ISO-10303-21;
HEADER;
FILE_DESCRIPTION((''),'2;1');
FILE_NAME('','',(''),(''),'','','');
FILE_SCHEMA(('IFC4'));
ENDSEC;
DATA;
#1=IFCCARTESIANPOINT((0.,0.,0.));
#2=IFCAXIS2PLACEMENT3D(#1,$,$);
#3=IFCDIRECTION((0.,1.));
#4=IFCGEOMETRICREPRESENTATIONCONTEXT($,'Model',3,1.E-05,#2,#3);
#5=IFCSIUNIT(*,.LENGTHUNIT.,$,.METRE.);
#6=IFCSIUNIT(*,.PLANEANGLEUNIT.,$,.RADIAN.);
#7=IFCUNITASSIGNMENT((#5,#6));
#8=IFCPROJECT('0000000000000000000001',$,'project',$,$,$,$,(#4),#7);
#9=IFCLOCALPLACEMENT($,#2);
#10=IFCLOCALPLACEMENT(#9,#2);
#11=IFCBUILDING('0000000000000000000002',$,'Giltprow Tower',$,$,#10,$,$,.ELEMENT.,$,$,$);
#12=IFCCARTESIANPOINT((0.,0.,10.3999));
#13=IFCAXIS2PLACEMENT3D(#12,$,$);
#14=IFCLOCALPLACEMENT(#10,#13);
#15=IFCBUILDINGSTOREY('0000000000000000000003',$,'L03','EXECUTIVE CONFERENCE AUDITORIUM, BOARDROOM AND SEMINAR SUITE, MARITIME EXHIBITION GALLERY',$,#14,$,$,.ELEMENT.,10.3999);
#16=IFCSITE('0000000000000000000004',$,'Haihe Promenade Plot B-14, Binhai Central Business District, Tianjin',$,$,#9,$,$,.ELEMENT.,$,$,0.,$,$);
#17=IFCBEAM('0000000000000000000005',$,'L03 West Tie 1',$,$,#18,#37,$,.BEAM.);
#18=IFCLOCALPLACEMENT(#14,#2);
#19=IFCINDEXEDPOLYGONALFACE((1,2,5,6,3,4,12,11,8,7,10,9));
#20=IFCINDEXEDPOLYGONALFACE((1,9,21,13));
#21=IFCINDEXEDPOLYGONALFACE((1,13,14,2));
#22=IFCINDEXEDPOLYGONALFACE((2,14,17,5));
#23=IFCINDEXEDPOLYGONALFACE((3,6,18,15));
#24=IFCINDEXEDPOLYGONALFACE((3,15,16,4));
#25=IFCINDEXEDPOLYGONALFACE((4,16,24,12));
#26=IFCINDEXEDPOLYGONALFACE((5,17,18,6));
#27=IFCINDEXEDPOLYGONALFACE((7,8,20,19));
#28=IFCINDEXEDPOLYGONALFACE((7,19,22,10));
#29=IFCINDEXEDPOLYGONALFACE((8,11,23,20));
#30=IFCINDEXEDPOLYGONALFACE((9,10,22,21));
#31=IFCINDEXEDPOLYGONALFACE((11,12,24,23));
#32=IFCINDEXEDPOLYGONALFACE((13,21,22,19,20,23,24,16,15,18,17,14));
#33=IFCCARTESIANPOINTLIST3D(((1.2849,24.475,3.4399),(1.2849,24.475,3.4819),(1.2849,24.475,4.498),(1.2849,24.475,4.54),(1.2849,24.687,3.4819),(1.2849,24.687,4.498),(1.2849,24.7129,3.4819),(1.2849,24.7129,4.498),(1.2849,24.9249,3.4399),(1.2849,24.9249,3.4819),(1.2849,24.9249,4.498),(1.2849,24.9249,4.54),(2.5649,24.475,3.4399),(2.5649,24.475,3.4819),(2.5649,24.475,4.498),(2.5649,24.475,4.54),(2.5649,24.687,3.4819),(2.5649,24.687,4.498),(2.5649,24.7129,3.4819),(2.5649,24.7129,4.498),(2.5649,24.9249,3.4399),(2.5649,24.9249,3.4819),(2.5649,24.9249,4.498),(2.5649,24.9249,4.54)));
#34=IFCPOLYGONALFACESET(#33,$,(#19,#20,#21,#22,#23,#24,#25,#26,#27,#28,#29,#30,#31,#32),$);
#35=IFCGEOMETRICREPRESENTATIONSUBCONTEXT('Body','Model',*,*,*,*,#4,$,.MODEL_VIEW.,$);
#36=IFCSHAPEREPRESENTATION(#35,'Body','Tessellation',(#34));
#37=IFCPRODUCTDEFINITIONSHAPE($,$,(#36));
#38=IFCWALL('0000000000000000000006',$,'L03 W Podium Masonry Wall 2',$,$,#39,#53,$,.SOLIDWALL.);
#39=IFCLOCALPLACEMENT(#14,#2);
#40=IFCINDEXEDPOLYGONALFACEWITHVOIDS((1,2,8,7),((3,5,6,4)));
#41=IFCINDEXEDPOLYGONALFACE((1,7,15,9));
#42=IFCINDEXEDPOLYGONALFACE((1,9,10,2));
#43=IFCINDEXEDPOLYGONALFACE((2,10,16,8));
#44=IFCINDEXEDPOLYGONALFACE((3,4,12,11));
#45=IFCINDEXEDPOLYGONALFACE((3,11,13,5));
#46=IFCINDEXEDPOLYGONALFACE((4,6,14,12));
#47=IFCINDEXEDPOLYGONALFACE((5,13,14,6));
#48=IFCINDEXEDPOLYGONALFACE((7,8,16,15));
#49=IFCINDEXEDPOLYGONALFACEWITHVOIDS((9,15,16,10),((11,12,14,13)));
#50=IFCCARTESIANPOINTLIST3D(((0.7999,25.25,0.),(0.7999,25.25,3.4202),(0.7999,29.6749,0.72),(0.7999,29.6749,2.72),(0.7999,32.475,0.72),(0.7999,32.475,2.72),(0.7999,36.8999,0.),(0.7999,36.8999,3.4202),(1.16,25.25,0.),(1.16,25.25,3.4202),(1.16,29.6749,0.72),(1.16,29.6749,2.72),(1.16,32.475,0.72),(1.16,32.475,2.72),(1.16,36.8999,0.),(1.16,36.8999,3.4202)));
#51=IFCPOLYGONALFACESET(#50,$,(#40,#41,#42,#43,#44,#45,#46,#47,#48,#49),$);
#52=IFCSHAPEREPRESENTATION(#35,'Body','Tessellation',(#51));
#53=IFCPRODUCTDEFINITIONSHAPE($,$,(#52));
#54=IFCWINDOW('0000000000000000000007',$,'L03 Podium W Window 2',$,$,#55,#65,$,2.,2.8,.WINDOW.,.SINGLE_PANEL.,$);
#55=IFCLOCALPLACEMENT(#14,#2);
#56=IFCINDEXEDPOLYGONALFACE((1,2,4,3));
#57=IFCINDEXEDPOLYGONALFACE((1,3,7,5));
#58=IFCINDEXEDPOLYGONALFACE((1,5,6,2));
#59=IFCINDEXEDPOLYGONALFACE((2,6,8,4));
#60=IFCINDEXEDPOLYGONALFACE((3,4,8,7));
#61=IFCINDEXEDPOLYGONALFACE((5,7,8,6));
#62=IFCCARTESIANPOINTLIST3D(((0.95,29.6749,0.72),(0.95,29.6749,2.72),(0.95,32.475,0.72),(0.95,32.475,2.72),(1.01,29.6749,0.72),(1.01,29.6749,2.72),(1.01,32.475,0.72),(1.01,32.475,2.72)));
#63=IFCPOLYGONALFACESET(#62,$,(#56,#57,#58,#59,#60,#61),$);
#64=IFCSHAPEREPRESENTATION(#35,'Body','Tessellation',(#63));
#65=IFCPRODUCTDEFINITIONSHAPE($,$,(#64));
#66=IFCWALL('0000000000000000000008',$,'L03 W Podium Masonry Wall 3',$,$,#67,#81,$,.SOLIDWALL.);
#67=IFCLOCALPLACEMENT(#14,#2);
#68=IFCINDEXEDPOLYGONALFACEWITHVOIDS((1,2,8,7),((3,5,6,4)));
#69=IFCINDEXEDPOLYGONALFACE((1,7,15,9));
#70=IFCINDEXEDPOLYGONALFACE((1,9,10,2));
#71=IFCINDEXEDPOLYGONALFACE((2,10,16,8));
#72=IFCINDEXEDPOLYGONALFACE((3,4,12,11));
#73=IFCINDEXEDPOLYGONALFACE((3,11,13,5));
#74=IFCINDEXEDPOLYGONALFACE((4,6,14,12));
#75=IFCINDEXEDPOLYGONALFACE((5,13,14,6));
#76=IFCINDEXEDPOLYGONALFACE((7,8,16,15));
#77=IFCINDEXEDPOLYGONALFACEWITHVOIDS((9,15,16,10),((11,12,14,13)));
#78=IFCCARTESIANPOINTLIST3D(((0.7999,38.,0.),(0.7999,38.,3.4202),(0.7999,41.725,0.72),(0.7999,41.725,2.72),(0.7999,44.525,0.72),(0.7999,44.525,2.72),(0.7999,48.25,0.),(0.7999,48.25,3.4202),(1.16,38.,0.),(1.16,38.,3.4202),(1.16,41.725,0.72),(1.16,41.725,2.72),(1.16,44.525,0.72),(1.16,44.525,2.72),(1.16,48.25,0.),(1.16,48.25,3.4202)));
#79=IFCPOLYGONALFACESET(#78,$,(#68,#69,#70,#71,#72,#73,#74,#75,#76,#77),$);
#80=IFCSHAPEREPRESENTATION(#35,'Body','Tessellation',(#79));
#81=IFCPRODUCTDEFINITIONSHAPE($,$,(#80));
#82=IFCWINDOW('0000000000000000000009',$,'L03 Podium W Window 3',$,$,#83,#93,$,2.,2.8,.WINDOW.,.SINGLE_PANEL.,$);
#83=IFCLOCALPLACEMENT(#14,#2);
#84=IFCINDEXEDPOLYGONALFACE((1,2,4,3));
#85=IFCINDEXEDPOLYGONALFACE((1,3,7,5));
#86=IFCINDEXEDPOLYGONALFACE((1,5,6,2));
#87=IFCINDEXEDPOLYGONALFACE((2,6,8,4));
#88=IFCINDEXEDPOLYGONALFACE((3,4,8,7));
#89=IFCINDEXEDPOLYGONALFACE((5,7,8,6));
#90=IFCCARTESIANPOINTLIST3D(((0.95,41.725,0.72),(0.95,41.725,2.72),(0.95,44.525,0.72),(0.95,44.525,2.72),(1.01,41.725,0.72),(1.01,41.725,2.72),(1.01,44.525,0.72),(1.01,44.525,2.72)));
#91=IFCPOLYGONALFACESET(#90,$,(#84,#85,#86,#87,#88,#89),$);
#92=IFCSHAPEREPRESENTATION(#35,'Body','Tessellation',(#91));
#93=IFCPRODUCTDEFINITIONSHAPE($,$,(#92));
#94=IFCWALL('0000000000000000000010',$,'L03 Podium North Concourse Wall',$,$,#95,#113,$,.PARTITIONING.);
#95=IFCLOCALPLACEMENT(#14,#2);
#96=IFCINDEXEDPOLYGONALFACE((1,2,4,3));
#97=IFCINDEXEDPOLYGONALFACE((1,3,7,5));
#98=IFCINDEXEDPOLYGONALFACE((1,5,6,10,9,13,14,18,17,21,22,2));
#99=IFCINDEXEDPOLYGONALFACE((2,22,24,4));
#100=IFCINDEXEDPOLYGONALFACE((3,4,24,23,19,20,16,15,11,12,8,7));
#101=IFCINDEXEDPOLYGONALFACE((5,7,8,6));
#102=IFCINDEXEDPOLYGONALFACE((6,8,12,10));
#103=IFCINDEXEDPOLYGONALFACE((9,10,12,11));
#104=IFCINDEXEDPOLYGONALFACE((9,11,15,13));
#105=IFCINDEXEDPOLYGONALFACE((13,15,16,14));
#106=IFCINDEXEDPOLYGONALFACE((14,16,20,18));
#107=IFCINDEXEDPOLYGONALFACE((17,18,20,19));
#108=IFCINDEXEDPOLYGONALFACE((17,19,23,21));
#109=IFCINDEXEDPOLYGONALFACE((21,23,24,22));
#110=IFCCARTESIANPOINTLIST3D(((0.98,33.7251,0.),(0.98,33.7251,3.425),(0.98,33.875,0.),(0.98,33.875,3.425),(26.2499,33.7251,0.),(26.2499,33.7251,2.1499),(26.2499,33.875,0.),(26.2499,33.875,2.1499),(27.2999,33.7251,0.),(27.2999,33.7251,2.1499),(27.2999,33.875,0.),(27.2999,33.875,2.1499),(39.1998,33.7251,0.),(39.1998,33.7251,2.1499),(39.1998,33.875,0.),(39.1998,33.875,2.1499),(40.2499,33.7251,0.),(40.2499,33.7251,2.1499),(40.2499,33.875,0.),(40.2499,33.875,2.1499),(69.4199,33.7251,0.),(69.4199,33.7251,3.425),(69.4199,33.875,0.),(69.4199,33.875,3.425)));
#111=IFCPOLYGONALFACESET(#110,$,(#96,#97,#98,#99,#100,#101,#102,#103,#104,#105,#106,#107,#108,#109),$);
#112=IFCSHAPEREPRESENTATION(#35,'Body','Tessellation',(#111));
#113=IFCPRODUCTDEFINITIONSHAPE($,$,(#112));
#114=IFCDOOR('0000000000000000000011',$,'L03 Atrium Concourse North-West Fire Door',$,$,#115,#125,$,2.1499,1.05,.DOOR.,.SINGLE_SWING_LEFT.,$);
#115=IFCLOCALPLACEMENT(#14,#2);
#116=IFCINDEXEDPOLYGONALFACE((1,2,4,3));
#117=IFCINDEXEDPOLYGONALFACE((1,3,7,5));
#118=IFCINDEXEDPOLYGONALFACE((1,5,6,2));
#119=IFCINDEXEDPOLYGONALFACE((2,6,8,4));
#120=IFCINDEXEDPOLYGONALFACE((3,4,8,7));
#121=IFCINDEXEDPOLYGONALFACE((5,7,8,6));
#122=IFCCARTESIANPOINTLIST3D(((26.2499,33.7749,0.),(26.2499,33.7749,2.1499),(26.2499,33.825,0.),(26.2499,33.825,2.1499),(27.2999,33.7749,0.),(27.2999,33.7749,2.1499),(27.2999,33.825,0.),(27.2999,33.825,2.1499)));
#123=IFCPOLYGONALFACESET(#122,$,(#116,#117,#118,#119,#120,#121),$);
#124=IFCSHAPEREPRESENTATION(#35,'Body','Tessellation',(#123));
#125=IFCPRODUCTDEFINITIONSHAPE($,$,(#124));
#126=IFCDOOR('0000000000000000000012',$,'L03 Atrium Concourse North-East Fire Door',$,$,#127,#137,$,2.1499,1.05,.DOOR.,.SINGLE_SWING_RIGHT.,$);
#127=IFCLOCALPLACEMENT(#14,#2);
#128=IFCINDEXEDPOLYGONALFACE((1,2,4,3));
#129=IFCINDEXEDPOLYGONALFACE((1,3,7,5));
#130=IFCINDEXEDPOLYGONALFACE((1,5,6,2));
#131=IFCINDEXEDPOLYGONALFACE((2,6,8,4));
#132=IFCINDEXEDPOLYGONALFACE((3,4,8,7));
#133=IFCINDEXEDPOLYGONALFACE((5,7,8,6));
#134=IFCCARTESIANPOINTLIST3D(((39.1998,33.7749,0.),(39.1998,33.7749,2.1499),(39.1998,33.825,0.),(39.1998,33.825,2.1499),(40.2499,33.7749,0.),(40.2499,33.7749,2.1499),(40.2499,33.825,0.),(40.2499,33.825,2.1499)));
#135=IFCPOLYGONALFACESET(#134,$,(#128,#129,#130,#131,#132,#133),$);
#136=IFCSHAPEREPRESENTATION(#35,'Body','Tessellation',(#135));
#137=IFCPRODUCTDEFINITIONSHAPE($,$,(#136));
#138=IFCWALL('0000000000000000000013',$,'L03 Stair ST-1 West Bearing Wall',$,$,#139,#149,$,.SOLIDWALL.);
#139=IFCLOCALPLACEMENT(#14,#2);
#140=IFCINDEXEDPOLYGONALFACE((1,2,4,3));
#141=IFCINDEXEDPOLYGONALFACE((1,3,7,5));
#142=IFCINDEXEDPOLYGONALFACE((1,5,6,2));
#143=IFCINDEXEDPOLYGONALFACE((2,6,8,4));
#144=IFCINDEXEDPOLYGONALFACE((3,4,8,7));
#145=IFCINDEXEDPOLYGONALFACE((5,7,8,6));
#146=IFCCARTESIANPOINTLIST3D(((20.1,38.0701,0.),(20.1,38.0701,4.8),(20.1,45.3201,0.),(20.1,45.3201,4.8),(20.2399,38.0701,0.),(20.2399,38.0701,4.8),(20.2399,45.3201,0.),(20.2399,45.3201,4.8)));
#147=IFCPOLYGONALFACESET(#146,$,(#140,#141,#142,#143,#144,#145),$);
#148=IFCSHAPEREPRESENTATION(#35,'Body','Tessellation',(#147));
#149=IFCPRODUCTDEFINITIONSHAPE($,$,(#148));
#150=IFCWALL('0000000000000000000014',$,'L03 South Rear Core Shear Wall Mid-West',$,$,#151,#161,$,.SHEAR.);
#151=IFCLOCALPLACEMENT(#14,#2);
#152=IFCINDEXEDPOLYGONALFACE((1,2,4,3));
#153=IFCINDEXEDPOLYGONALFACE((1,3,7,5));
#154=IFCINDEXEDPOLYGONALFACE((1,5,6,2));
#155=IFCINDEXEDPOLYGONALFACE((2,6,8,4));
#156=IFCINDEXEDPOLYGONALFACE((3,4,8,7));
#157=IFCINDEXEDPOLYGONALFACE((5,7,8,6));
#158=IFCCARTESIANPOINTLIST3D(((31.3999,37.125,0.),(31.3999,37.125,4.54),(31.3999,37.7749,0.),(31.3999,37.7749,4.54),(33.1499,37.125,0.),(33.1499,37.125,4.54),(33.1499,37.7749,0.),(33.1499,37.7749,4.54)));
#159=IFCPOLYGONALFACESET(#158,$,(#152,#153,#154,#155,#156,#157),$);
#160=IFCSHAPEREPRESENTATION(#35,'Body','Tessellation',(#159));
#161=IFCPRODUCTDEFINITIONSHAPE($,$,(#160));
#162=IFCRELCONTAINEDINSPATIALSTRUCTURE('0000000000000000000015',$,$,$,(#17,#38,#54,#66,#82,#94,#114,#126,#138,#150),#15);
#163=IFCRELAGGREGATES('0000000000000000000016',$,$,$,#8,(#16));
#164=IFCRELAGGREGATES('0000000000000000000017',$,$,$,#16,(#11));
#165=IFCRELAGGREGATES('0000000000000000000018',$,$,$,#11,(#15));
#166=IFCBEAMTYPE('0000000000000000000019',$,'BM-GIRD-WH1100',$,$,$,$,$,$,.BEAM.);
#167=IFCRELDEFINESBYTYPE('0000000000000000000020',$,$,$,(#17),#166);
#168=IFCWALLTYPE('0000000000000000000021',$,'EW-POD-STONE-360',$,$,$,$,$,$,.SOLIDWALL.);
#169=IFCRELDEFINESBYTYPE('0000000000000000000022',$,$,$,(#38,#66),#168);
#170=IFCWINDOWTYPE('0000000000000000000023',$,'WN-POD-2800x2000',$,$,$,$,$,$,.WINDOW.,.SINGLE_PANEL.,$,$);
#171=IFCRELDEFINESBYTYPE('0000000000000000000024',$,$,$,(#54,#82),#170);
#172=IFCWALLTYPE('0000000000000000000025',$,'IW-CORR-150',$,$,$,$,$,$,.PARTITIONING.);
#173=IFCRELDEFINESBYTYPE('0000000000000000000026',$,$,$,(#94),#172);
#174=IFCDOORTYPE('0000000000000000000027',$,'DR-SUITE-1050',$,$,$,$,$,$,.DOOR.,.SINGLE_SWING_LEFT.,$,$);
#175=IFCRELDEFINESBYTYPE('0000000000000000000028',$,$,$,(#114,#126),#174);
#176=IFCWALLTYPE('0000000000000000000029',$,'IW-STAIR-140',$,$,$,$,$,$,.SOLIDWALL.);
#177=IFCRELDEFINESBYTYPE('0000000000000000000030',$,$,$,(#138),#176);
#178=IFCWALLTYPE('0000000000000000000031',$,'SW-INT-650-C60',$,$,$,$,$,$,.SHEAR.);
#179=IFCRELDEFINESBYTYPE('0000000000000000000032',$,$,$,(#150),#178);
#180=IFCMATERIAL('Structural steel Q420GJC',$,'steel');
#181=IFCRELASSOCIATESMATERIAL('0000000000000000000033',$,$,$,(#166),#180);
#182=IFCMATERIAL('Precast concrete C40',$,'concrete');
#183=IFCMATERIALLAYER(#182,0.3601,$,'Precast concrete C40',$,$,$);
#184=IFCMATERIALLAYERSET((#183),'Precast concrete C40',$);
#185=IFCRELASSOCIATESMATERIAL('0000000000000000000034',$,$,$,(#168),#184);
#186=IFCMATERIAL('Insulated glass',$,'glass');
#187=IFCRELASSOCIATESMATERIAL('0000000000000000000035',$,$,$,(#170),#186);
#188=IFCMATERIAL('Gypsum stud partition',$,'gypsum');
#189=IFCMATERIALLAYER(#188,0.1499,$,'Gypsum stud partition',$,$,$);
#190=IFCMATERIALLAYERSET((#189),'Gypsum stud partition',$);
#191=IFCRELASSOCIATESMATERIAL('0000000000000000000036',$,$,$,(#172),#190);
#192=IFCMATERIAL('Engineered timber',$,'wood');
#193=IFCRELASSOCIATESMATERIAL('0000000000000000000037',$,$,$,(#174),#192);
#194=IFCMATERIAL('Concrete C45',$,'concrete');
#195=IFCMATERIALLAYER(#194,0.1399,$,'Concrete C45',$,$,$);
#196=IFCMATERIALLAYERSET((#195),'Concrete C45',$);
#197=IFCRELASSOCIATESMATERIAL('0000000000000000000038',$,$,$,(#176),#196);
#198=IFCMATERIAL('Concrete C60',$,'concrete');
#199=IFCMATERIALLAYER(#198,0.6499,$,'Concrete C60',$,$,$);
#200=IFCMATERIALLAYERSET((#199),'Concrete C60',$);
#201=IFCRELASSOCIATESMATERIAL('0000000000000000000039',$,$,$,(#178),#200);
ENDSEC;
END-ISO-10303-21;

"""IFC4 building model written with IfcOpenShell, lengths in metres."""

from ifc_helpers import new_model, si_unit, direction, frame, frame_2d, origin, origin_2d, place, context, subcontext, project, spatial, rectangle, i_section, extrude, source, transform, mapped, material, layer, layer_set, material_profile, profile_set, type_object, element, fill, save


model = new_model("IFC4")

# Units and contexts
model_context = context("Model", 3, precision=1e-05, world=origin(), true_north=direction((0.0, 1.0)))
body_context = subcontext(model_context, "Body", "Model", "MODEL_VIEW")
ifc_project = project(units=[si_unit("LENGTHUNIT", "METRE"), si_unit("PLANEANGLEUNIT", "RADIAN")], contexts=[model_context])

# Site, building, storey
site_placement = place(None, origin())
site = spatial("IfcSite", under=ifc_project, at=site_placement, Name="Haihe Promenade Plot B-14, Binhai Central Business District, Tianjin", CompositionType="ELEMENT", RefElevation=0.0)
building_placement = place(site_placement, origin())
building = spatial("IfcBuilding", under=site, at=building_placement, Name="Giltprow Tower", CompositionType="ELEMENT")
storey_placement = place(building_placement, frame((0.0, 0.0, 10.3999)))
storey = spatial("IfcBuildingStorey", under=building, at=storey_placement, Name="L03", Description="EXECUTIVE CONFERENCE AUDITORIUM, BOARDROOM AND SEMINAR SUITE, MARITIME EXHIBITION GALLERY", CompositionType="ELEMENT", Elevation=10.3999)

# Shared definitions
ifc_material_1 = material(Name="Concrete C60", Category="concrete")
ifc_material_2 = material(Name="Structural steel Q420GJC", Category="steel")

# Beam
ifc_material_profile_1 = material_profile(ifc_material_2, i_section(OverallWidth=0.45, OverallDepth=1.1001, WebThickness=0.0259, FlangeThickness=0.042, at=origin_2d()), Name="WH 1100x450x26x42")
ifc_profile_set_1 = profile_set([ifc_material_profile_1], Name="Structural steel Q420GJC")
beam_type_1 = type_object("IfcBeamType", Name="BM-GIRD-WH1100", PredefinedType="BEAM", material=ifc_profile_set_1)
shared_shape_1 = source(origin(), body_context, "Body", "SweptSolid", [
    extrude(i_section(OverallWidth=0.45, OverallDepth=1.1001, WebThickness=0.0259, FlangeThickness=0.042, at=origin_2d()), origin(), (0.0, 0.0, 1.0), 1.28),
])
beam_1_placement = place(storey_placement, frame((1.2849, 24.7, 3.99), z_axis=(1.0, 0.0, 0.0), x_axis=(0.0, 1.0, 0.0)))
element("IfcBeam", 1, at=beam_1_placement, inside=storey, type_object=beam_type_1, Name="L03 West Tie 1", PredefinedType="BEAM", context=body_context, shape_type="MappedRepresentation", body=[
    mapped(shared_shape_1, transform((0.0, 0.0, 0.0), x_axis=(1.0, 0.0, 0.0), y_axis=(0.0, 1.0, 0.0), z_axis=(0.0, 0.0, 1.0), scale=1.0)),
])

# Walls, openings, windows
ifc_material_3 = material(Name="Precast concrete C40", Category="concrete")
ifc_layer_1 = layer(ifc_material_3, 0.3601, Name="Precast concrete C40")
ifc_layer_set_1 = layer_set([ifc_layer_1], Name="Precast concrete C40")
wall_type_1 = type_object("IfcWallType", Name="EW-POD-STONE-360", PredefinedType="SOLIDWALL", material=ifc_layer_set_1)
wall_1_placement = place(storey_placement, frame((0.98, 25.25, 0.0), z_axis=(0.0, 0.0, 1.0), x_axis=(0.0, 1.0, 0.0)))
wall_1 = element("IfcWall", 2, at=wall_1_placement, inside=storey, type_object=wall_type_1, Name="L03 W Podium Masonry Wall 2", PredefinedType="SOLIDWALL", context=body_context, shape_type="SweptSolid", body=[
    extrude(rectangle(XDim=11.6499, YDim=0.3601, at=frame_2d((5.825, 0.0))), origin(), (0.0, 0.0, 1.0), 3.4202),
])
opening_1_placement = place(wall_1_placement, frame((4.425, 0.0, 0.72)))
opening_1 = element("IfcOpeningElement", 3, at=opening_1_placement, cuts=wall_1, PredefinedType="OPENING", context=body_context, shape_type="SweptSolid", body=[
    extrude(rectangle(XDim=2.8, YDim=2.0, at=frame_2d((1.3999, 1.0))), frame((0.0, 0.1899, 0.0), z_axis=(0.0, -1.0, 0.0), x_axis=(1.0, 0.0, 0.0)), (0.0, 0.0, 1.0), 0.3801),
])
ifc_material_4 = material(Name="Insulated glass", Category="glass")
window_type = type_object("IfcWindowType", Name="WN-POD-2800x2000", PartitioningType="SINGLE_PANEL", PredefinedType="WINDOW", material=ifc_material_4)
shared_shape_2 = source(origin(), body_context, "Body", "SweptSolid", [
    extrude(rectangle(XDim=2.8, YDim=2.0, at=frame_2d((1.3999, 1.0))), frame((0.0, 0.03, 0.0), z_axis=(0.0, -1.0, 0.0), x_axis=(1.0, 0.0, 0.0)), (0.0, 0.0, 1.0), 0.0601),
])
window_1_placement = place(opening_1_placement, origin())
window_1 = element("IfcWindow", 4, at=window_1_placement, inside=storey, type_object=window_type, Name="L03 Podium W Window 2", OverallHeight=2.0, OverallWidth=2.8, PartitioningType="SINGLE_PANEL", PredefinedType="WINDOW", context=body_context, shape_type="MappedRepresentation", body=[
    mapped(shared_shape_2, transform((0.0, 0.0, 0.0), x_axis=(1.0, 0.0, 0.0), y_axis=(0.0, 1.0, 0.0), z_axis=(0.0, 0.0, 1.0), scale=1.0)),
])
fill(opening_1, window_1)
wall_2_placement = place(storey_placement, frame((0.98, 38.0, 0.0), z_axis=(0.0, 0.0, 1.0), x_axis=(0.0, 1.0, 0.0)))
wall_2 = element("IfcWall", 5, at=wall_2_placement, inside=storey, type_object=wall_type_1, Name="L03 W Podium Masonry Wall 3", PredefinedType="SOLIDWALL", context=body_context, shape_type="SweptSolid", body=[
    extrude(rectangle(XDim=10.25, YDim=0.3601, at=frame_2d((5.125, 0.0))), origin(), (0.0, 0.0, 1.0), 3.4202),
])
opening_2_placement = place(wall_2_placement, frame((3.7251, 0.0, 0.72)))
opening_2 = element("IfcOpeningElement", 6, at=opening_2_placement, cuts=wall_2, PredefinedType="OPENING", context=body_context, shape_type="SweptSolid", body=[
    extrude(rectangle(XDim=2.8, YDim=2.0, at=frame_2d((1.3999, 1.0))), frame((0.0, 0.1899, 0.0), z_axis=(0.0, -1.0, 0.0), x_axis=(1.0, 0.0, 0.0)), (0.0, 0.0, 1.0), 0.3801),
])
window_2_placement = place(opening_2_placement, origin())
window_2 = element("IfcWindow", 7, at=window_2_placement, inside=storey, type_object=window_type, Name="L03 Podium W Window 3", OverallHeight=2.0, OverallWidth=2.8, PartitioningType="SINGLE_PANEL", PredefinedType="WINDOW", context=body_context, shape_type="MappedRepresentation", body=[
    mapped(shared_shape_2, transform((0.0, 0.0, 0.0), x_axis=(1.0, 0.0, 0.0), y_axis=(0.0, 1.0, 0.0), z_axis=(0.0, 0.0, 1.0), scale=1.0)),
])
fill(opening_2, window_2)

# Wall, openings, doors
ifc_material_5 = material(Name="Gypsum stud partition", Category="gypsum")
ifc_layer_2 = layer(ifc_material_5, 0.1499, Name="Gypsum stud partition")
ifc_layer_set_2 = layer_set([ifc_layer_2], Name="Gypsum stud partition")
wall_type_2 = type_object("IfcWallType", Name="IW-CORR-150", PredefinedType="PARTITIONING", material=ifc_layer_set_2)
wall_3_placement = place(storey_placement, frame((0.98, 33.8, 0.0), z_axis=(0.0, 0.0, 1.0), x_axis=(1.0, 0.0, 0.0)))
wall_3 = element("IfcWall", 8, at=wall_3_placement, inside=storey, type_object=wall_type_2, Name="L03 Podium North Concourse Wall", PredefinedType="PARTITIONING", context=body_context, shape_type="SweptSolid", body=[
    extrude(rectangle(XDim=68.4399, YDim=0.1499, at=frame_2d((34.22, 0.0))), origin(), (0.0, 0.0, 1.0), 3.425),
])
opening_3_placement = place(wall_3_placement, frame((25.27, 0.0, 0.0)))
opening_3 = element("IfcOpeningElement", 9, at=opening_3_placement, cuts=wall_3, PredefinedType="OPENING", context=body_context, shape_type="SweptSolid", body=[
    extrude(rectangle(XDim=1.05, YDim=2.1499, at=frame_2d((0.5249, 1.075))), frame((0.0, 0.085, 0.0), z_axis=(0.0, -1.0, 0.0), x_axis=(1.0, 0.0, 0.0)), (0.0, 0.0, 1.0), 0.1699),
])
opening_4_placement = place(wall_3_placement, frame((38.22, 0.0, 0.0)))
opening_4 = element("IfcOpeningElement", 10, at=opening_4_placement, cuts=wall_3, PredefinedType="OPENING", context=body_context, shape_type="SweptSolid", body=[
    extrude(rectangle(XDim=1.05, YDim=2.1499, at=frame_2d((0.5249, 1.075))), frame((0.0, 0.085, 0.0), z_axis=(0.0, -1.0, 0.0), x_axis=(1.0, 0.0, 0.0)), (0.0, 0.0, 1.0), 0.1699),
])
ifc_material_6 = material(Name="Engineered timber", Category="wood")
door_type_1 = type_object("IfcDoorType", Name="DR-SUITE-1050", OperationType="SINGLE_SWING_LEFT", PredefinedType="DOOR", material=ifc_material_6)
shared_shape_3 = source(origin(), body_context, "Body", "SweptSolid", [
    extrude(rectangle(XDim=1.05, YDim=2.1499, at=frame_2d((0.5249, 1.075))), frame((0.0, 0.0249, 0.0), z_axis=(0.0, -1.0, 0.0), x_axis=(1.0, 0.0, 0.0)), (0.0, 0.0, 1.0), 0.05),
])
door_1_placement = place(opening_3_placement, origin())
door_1 = element("IfcDoor", 11, at=door_1_placement, inside=storey, type_object=door_type_1, Name="L03 Atrium Concourse North-West Fire Door", OperationType="SINGLE_SWING_LEFT", OverallHeight=2.1499, OverallWidth=1.05, PredefinedType="DOOR", context=body_context, shape_type="MappedRepresentation", body=[
    mapped(shared_shape_3, transform((0.0, 0.0, 0.0), x_axis=(1.0, 0.0, 0.0), y_axis=(0.0, 1.0, 0.0), z_axis=(0.0, 0.0, 1.0), scale=1.0)),
])
fill(opening_3, door_1)
door_2_placement = place(opening_4_placement, origin())
door_2 = element("IfcDoor", 12, at=door_2_placement, inside=storey, type_object=door_type_1, Name="L03 Atrium Concourse North-East Fire Door", OperationType="SINGLE_SWING_RIGHT", OverallHeight=2.1499, OverallWidth=1.05, PredefinedType="DOOR", context=body_context, shape_type="MappedRepresentation", body=[
    mapped(shared_shape_3, transform((0.0, 0.0, 0.0), x_axis=(1.0, 0.0, 0.0), y_axis=(0.0, 1.0, 0.0), z_axis=(0.0, 0.0, 1.0), scale=1.0)),
])
fill(opening_4, door_2)

# Wall
ifc_material_7 = material(Name="Concrete C45", Category="concrete")
ifc_layer_3 = layer(ifc_material_7, 0.1399, Name="Concrete C45")
ifc_layer_set_3 = layer_set([ifc_layer_3], Name="Concrete C45")
wall_type_3 = type_object("IfcWallType", Name="IW-STAIR-140", PredefinedType="SOLIDWALL", material=ifc_layer_set_3)
wall_4_placement = place(storey_placement, frame((20.1699, 38.0701, 0.0), z_axis=(0.0, 0.0, 1.0), x_axis=(0.0, 1.0, 0.0)))
element("IfcWall", 13, at=wall_4_placement, inside=storey, type_object=wall_type_3, Name="L03 Stair ST-1 West Bearing Wall", PredefinedType="SOLIDWALL", context=body_context, shape_type="SweptSolid", body=[
    extrude(rectangle(XDim=7.25, YDim=0.1399, at=frame_2d((3.625, 0.0))), origin(), (0.0, 0.0, 1.0), 4.8),
])

# Shared definitions
ifc_layer_4 = layer(ifc_material_1, 0.6499, Name="Concrete C60")
ifc_layer_set_4 = layer_set([ifc_layer_4], Name="Concrete C60")
wall_type_4 = type_object("IfcWallType", Name="SW-INT-650-C60", PredefinedType="SHEAR", material=ifc_layer_set_4)

# Wall
wall_5_placement = place(storey_placement, frame((31.3999, 37.45, 0.0), z_axis=(0.0, 0.0, 1.0), x_axis=(1.0, 0.0, 0.0)))
element("IfcWall", 14, at=wall_5_placement, inside=storey, type_object=wall_type_4, Name="L03 South Rear Core Shear Wall Mid-West", PredefinedType="SHEAR", context=body_context, shape_type="SweptSolid", body=[
    extrude(rectangle(XDim=1.75, YDim=0.6499, at=frame_2d((0.875, 0.0))), origin(), (0.0, 0.0, 1.0), 4.54),
])

save(model, "model.ifc")
